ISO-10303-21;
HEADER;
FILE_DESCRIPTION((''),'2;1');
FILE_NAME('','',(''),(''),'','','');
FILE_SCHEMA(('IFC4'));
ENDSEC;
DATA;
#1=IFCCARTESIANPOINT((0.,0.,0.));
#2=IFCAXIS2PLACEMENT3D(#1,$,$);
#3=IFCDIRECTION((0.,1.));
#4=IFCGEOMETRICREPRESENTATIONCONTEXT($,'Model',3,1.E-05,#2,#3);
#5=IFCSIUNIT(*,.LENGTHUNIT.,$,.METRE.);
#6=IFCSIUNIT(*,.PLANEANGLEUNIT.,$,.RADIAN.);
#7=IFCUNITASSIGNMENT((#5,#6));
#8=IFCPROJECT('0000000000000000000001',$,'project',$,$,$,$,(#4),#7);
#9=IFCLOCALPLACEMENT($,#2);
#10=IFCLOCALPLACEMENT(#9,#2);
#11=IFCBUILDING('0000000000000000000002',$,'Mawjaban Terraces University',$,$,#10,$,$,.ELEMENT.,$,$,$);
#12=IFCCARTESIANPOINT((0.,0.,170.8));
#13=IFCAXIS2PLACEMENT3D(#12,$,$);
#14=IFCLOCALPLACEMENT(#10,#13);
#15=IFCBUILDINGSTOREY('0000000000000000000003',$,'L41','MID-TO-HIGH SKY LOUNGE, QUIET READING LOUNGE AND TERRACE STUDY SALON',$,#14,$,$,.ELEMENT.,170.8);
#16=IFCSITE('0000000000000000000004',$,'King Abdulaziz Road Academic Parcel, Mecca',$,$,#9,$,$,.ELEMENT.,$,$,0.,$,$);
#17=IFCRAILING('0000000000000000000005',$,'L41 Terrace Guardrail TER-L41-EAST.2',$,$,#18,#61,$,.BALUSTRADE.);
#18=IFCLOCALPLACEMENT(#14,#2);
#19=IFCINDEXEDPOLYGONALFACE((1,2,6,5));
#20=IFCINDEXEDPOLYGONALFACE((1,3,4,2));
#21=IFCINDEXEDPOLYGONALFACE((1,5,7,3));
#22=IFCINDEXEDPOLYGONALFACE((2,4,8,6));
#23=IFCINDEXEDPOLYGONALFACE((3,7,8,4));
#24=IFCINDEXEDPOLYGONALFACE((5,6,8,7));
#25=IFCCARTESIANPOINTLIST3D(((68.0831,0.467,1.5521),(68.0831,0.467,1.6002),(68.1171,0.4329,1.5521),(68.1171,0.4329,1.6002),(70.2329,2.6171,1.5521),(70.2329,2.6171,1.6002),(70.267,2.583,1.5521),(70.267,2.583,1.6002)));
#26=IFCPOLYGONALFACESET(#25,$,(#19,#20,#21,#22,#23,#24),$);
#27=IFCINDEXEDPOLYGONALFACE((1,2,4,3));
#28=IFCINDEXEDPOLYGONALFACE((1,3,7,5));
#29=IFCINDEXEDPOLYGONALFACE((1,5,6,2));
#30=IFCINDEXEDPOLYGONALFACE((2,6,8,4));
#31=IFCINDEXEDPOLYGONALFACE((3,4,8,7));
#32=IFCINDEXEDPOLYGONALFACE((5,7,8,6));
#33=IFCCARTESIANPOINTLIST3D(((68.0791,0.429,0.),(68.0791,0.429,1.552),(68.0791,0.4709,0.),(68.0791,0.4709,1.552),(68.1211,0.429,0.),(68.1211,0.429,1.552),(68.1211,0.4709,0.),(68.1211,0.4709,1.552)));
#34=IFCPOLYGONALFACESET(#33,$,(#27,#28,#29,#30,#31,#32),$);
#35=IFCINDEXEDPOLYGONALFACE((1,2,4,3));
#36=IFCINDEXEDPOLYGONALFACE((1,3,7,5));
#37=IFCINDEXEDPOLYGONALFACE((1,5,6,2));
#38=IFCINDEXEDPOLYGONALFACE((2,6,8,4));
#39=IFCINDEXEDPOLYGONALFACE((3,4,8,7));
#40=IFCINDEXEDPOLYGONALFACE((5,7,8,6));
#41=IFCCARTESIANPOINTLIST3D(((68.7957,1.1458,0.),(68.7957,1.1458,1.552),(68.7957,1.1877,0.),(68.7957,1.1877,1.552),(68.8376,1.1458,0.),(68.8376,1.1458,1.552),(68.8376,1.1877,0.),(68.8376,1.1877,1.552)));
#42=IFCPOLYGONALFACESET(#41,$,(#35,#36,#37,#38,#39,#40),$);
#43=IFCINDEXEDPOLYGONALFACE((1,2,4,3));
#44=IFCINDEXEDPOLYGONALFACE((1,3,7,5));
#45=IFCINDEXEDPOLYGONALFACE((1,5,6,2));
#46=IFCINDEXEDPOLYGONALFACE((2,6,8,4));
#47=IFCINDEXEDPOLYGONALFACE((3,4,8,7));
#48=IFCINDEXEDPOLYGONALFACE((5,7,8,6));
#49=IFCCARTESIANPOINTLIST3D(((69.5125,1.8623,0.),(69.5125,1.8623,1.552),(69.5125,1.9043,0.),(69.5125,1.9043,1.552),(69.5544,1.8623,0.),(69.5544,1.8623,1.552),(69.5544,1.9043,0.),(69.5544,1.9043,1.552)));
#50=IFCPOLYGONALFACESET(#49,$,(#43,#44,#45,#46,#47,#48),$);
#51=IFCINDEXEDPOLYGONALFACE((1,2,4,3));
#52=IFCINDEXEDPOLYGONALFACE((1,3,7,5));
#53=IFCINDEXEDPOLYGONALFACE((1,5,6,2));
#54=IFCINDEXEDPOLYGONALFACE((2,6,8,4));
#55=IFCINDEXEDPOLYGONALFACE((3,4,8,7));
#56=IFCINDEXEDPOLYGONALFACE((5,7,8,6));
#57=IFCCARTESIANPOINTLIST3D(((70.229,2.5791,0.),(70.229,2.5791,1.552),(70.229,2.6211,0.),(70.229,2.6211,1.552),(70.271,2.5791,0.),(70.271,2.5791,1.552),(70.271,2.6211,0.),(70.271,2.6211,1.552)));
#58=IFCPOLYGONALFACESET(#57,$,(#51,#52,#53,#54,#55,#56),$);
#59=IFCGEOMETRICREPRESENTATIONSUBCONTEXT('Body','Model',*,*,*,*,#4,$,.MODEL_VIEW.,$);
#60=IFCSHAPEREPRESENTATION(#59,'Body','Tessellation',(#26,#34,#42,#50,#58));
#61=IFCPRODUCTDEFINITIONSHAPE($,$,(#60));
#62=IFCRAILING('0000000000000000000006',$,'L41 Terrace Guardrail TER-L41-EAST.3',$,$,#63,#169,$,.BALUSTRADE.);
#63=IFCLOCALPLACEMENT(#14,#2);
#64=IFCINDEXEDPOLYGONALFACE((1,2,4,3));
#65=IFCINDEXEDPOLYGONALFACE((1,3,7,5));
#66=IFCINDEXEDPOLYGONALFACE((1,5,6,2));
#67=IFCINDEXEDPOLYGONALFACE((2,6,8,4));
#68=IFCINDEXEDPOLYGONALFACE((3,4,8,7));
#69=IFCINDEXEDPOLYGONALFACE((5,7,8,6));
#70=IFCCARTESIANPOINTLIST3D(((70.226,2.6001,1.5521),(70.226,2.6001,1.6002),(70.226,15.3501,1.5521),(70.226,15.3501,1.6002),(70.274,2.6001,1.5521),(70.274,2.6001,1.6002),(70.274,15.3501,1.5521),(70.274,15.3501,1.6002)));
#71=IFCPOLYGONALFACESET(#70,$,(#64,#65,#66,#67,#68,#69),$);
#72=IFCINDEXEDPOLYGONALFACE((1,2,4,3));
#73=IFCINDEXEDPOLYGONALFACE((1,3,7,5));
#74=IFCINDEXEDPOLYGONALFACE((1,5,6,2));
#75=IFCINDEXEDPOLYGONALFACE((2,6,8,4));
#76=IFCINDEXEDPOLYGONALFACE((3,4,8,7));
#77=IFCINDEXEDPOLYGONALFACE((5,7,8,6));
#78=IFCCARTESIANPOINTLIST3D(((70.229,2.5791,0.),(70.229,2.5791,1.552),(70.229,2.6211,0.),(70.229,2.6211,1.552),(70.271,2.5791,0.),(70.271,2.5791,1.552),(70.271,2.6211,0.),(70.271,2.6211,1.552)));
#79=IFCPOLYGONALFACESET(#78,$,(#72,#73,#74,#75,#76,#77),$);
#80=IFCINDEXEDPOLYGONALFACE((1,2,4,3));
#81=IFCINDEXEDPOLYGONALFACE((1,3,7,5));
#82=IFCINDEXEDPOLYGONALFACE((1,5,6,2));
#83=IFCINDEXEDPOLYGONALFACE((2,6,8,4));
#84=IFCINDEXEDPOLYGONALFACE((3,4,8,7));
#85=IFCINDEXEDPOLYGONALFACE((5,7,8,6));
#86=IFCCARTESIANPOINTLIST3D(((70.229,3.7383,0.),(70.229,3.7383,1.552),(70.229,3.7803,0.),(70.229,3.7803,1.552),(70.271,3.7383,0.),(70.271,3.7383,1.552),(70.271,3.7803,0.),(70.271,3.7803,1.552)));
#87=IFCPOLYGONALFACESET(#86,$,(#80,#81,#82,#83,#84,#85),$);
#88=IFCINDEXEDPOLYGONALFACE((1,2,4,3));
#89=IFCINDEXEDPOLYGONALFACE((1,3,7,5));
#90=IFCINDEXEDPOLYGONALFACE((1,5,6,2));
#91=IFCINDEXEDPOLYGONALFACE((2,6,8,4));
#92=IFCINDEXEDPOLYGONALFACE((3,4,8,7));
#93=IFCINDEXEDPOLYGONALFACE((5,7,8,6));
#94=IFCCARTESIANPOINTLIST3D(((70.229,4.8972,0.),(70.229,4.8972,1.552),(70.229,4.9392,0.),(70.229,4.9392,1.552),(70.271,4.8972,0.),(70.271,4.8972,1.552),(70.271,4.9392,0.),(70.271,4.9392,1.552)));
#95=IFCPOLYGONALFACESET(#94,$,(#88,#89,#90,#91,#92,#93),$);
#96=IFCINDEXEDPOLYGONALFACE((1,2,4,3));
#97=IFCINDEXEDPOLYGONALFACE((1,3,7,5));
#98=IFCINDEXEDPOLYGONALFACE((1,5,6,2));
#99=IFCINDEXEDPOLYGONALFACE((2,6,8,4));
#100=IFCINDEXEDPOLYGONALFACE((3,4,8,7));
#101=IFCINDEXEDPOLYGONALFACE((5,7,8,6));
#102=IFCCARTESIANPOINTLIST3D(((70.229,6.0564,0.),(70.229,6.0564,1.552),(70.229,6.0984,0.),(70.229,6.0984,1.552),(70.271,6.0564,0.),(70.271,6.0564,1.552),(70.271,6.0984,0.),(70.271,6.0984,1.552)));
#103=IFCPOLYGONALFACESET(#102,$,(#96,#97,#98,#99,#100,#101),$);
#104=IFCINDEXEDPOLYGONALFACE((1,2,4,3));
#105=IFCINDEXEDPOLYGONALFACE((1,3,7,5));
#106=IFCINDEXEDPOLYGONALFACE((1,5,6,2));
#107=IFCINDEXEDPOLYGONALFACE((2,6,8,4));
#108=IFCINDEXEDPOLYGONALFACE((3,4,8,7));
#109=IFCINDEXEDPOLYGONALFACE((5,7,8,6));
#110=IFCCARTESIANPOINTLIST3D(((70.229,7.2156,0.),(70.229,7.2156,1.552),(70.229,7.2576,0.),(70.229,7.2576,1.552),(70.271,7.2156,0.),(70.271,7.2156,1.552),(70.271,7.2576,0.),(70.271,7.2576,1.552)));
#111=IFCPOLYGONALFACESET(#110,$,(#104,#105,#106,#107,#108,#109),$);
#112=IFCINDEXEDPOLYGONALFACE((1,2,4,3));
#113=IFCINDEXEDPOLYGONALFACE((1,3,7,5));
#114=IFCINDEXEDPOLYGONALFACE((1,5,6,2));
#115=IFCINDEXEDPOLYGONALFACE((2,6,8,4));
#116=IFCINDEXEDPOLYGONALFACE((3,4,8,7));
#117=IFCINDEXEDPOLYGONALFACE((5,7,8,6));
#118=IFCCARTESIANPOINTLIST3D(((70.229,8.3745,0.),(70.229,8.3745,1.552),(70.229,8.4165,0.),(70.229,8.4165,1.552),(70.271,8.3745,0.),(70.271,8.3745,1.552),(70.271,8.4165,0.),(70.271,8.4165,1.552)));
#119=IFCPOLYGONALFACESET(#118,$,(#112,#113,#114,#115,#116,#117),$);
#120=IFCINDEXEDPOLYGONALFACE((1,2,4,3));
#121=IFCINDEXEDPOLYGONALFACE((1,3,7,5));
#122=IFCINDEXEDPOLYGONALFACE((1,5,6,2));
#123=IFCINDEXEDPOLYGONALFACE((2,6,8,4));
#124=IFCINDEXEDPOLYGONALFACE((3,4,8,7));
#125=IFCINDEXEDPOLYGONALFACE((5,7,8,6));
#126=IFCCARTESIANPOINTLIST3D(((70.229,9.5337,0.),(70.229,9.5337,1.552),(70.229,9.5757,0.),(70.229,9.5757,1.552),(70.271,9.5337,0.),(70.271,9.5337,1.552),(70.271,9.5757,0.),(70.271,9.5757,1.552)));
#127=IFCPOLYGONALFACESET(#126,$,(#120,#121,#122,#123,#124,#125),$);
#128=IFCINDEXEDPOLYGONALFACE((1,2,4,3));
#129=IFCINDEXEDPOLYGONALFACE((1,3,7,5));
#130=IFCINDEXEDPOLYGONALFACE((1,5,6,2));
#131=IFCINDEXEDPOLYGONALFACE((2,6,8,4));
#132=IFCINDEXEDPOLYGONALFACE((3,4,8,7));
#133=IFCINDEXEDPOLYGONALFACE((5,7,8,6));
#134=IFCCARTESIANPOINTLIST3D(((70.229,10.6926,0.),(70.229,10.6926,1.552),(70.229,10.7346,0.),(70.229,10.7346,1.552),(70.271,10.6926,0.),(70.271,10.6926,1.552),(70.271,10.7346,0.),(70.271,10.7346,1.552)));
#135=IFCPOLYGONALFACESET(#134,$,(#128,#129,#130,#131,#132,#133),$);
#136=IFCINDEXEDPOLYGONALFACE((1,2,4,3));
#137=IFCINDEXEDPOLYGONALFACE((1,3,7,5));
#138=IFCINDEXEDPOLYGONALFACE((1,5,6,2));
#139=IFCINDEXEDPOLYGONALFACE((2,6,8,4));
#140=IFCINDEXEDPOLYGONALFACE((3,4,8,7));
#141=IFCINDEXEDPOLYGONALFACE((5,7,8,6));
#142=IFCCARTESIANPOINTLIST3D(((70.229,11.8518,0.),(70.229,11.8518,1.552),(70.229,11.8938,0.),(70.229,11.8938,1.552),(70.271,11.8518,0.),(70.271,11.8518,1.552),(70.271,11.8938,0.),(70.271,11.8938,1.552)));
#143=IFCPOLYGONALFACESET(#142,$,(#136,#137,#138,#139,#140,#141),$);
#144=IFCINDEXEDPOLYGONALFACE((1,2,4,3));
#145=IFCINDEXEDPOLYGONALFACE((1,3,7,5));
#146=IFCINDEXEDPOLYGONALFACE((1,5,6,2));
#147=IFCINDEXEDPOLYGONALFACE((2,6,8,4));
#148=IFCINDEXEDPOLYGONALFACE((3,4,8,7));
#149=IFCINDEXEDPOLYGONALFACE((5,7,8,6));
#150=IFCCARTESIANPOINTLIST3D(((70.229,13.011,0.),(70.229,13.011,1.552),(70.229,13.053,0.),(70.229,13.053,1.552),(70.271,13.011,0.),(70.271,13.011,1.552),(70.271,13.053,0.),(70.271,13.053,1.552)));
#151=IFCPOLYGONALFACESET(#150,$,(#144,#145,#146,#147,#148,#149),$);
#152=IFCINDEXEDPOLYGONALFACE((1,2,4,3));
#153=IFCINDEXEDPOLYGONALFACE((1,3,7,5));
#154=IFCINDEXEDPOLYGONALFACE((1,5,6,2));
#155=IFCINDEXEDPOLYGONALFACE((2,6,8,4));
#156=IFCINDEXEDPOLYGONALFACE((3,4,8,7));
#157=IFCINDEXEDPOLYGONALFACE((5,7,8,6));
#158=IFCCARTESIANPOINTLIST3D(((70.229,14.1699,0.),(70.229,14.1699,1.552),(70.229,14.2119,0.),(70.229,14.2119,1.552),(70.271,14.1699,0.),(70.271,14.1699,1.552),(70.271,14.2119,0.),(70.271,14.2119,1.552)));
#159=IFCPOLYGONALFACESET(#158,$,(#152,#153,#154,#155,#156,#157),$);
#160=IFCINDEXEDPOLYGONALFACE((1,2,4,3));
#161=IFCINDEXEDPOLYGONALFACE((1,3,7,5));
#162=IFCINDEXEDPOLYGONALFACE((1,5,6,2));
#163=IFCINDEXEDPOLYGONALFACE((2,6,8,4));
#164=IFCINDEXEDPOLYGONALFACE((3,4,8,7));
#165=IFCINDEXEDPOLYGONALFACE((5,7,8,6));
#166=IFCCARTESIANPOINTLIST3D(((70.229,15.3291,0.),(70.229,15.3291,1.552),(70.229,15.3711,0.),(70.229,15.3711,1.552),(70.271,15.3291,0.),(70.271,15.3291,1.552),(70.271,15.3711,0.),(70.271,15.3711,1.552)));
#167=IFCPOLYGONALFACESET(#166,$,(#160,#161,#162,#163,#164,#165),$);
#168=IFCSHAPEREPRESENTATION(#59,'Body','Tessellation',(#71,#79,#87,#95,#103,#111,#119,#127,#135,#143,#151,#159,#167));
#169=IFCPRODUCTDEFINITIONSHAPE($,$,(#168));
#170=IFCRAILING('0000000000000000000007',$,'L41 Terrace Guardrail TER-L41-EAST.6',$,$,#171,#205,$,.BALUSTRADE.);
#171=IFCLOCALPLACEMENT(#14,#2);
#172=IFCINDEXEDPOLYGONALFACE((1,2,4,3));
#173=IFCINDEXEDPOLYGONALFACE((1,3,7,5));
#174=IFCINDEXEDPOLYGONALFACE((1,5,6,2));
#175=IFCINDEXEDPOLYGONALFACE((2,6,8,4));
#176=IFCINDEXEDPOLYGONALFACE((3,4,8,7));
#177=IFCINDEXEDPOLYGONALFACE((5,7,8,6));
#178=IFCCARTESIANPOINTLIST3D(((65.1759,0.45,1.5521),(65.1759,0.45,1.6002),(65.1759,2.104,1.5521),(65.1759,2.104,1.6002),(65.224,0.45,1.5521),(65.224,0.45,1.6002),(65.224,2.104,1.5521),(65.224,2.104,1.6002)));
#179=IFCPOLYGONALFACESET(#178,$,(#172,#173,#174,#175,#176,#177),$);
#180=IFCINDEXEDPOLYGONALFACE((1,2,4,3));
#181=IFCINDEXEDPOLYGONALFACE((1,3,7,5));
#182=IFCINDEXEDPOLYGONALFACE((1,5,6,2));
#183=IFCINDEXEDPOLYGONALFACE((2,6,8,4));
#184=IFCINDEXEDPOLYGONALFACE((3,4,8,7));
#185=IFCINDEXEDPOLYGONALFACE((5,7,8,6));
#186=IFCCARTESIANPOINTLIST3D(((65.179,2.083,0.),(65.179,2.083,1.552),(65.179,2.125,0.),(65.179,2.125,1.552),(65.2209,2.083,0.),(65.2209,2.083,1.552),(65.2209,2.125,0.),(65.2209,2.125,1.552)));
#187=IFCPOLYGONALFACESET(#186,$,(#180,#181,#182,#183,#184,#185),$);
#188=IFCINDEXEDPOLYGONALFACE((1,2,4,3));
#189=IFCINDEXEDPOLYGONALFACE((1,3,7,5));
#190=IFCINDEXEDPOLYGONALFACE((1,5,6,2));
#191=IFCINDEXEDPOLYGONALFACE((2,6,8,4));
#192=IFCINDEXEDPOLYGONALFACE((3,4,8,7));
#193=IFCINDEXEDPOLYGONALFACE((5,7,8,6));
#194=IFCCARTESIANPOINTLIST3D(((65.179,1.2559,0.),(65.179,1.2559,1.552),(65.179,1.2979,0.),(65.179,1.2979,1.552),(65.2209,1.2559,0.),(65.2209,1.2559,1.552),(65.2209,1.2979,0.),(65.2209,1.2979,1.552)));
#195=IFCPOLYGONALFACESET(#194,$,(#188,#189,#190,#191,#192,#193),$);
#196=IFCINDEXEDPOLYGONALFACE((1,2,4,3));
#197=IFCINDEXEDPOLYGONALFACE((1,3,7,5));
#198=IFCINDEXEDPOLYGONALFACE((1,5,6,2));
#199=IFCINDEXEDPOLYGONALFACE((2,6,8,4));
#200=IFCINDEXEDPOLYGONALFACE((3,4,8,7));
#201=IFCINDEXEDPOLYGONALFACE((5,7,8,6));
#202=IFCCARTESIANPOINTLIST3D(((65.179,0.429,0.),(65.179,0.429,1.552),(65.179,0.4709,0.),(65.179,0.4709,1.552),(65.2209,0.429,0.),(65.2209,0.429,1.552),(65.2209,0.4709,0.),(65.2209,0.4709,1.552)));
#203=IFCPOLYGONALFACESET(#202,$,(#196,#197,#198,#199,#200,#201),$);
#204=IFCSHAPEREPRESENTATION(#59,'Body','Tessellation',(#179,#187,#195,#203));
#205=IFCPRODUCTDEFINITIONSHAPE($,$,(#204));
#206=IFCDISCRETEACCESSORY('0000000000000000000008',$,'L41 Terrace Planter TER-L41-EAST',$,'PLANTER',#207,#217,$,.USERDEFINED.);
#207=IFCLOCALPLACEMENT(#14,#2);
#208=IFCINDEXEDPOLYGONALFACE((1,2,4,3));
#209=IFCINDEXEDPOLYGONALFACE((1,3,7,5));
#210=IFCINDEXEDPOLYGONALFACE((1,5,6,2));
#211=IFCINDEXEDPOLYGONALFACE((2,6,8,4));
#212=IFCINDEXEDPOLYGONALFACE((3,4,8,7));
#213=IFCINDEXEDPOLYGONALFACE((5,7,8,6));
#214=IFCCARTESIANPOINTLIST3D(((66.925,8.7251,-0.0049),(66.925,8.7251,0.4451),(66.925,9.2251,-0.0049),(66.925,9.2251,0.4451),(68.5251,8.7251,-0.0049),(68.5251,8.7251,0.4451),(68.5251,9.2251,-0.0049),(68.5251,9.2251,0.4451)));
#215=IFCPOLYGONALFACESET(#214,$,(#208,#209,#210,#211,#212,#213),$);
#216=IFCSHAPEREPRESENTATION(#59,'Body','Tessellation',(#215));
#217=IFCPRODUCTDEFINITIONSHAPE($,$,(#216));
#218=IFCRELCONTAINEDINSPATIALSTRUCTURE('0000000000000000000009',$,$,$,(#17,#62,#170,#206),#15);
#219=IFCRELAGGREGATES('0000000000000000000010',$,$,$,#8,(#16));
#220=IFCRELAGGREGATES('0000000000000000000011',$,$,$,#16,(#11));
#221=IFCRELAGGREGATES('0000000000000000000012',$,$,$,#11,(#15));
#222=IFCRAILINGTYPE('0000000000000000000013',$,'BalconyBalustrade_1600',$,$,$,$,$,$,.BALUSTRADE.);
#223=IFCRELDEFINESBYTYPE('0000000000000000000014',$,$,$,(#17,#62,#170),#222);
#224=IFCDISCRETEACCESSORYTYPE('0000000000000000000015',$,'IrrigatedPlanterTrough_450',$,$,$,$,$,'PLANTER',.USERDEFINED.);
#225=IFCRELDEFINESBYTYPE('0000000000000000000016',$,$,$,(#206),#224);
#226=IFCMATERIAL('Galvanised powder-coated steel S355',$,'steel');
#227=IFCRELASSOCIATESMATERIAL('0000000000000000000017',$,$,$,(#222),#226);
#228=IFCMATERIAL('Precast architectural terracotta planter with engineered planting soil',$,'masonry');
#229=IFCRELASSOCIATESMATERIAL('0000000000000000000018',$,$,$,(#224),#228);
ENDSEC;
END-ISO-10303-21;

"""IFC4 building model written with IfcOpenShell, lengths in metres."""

from ifc_helpers import new_model, si_unit, direction, frame, origin, origin_2d, place, context, subcontext, project, spatial, rectangle, extrude, material, type_object, element, save


model = new_model("IFC4")

# Units and contexts
model_context = context("Model", 3, precision=1e-05, world=origin(), true_north=direction((0.0, 1.0)))
body_context = subcontext(model_context, "Body", "Model", "MODEL_VIEW")
ifc_project = project(units=[si_unit("LENGTHUNIT", "METRE"), si_unit("PLANEANGLEUNIT", "RADIAN")], contexts=[model_context])

# Site, building, storey
site_placement = place(None, origin())
site = spatial("IfcSite", under=ifc_project, at=site_placement, Name="King Abdulaziz Road Academic Parcel, Mecca", CompositionType="ELEMENT", RefElevation=0.0)
building_placement = place(site_placement, origin())
building = spatial("IfcBuilding", under=site, at=building_placement, Name="Mawjaban Terraces University", CompositionType="ELEMENT")
storey_placement = place(building_placement, frame((0.0, 0.0, 170.8)))
storey = spatial("IfcBuildingStorey", under=building, at=storey_placement, Name="L41", Description="MID-TO-HIGH SKY LOUNGE, QUIET READING LOUNGE AND TERRACE STUDY SALON", CompositionType="ELEMENT", Elevation=170.8)

# Railings
ifc_material_1 = material(Name="Galvanised powder-coated steel S355", Category="steel")
railing_type = type_object("IfcRailingType", Name="BalconyBalustrade_1600", PredefinedType="BALUSTRADE", material=ifc_material_1)
railing_1_placement = place(storey_placement, frame((68.1001, 0.45, 0.0)))
element("IfcRailing", 1, at=railing_1_placement, inside=storey, type_object=railing_type, Name="L41 Terrace Guardrail TER-L41-EAST.2", PredefinedType="BALUSTRADE", context=body_context, shape_type="SweptSolid", body=[
    extrude(rectangle(XDim=0.0481, YDim=0.0481, at=origin_2d()), frame((0.0, 0.0, 1.5762), z_axis=(0.707067, 0.707147, 0.0), x_axis=(-0.707147, 0.707067, 0.0)), (0.0, 0.0, 1.0), 3.0405),
    extrude(rectangle(XDim=0.042, YDim=0.042, at=origin_2d()), origin(), (0.0, 0.0, 1.0), 1.552),
    extrude(rectangle(XDim=0.042, YDim=0.042, at=origin_2d()), frame((0.7166, 0.7168, 0.0)), (0.0, 0.0, 1.0), 1.552),
    extrude(rectangle(XDim=0.042, YDim=0.042, at=origin_2d()), frame((1.4333, 1.4333, 0.0)), (0.0, 0.0, 1.0), 1.552),
    extrude(rectangle(XDim=0.042, YDim=0.042, at=origin_2d()), frame((2.1499, 2.1501, 0.0)), (0.0, 0.0, 1.0), 1.552),
])
railing_2_placement = place(storey_placement, frame((70.25, 2.6001, 0.0)))
element("IfcRailing", 2, at=railing_2_placement, inside=storey, type_object=railing_type, Name="L41 Terrace Guardrail TER-L41-EAST.3", PredefinedType="BALUSTRADE", context=body_context, shape_type="SweptSolid", body=[
    extrude(rectangle(XDim=0.0481, YDim=0.0481, at=origin_2d()), frame((0.0, 0.0, 1.5762), z_axis=(0.0, 1.0, 0.0), x_axis=(-1.0, 0.0, 0.0)), (0.0, 0.0, 1.0), 12.75),
    extrude(rectangle(XDim=0.042, YDim=0.042, at=origin_2d()), origin(), (0.0, 0.0, 1.0), 1.552),
    extrude(rectangle(XDim=0.042, YDim=0.042, at=origin_2d()), frame((0.0, 1.1592, 0.0)), (0.0, 0.0, 1.0), 1.552),
    extrude(rectangle(XDim=0.042, YDim=0.042, at=origin_2d()), frame((0.0, 2.3181, 0.0)), (0.0, 0.0, 1.0), 1.552),
    extrude(rectangle(XDim=0.042, YDim=0.042, at=origin_2d()), frame((0.0, 3.4773, 0.0)), (0.0, 0.0, 1.0), 1.552),
    extrude(rectangle(XDim=0.042, YDim=0.042, at=origin_2d()), frame((0.0, 4.6365, 0.0)), (0.0, 0.0, 1.0), 1.552),
    extrude(rectangle(XDim=0.042, YDim=0.042, at=origin_2d()), frame((0.0, 5.7954, 0.0)), (0.0, 0.0, 1.0), 1.552),
    extrude(rectangle(XDim=0.042, YDim=0.042, at=origin_2d()), frame((0.0, 6.9546, 0.0)), (0.0, 0.0, 1.0), 1.552),
    extrude(rectangle(XDim=0.042, YDim=0.042, at=origin_2d()), frame((0.0, 8.1135, 0.0)), (0.0, 0.0, 1.0), 1.552),
    extrude(rectangle(XDim=0.042, YDim=0.042, at=origin_2d()), frame((0.0, 9.2727, 0.0)), (0.0, 0.0, 1.0), 1.552),
    extrude(rectangle(XDim=0.042, YDim=0.042, at=origin_2d()), frame((0.0, 10.4319, 0.0)), (0.0, 0.0, 1.0), 1.552),
    extrude(rectangle(XDim=0.042, YDim=0.042, at=origin_2d()), frame((0.0, 11.5908, 0.0)), (0.0, 0.0, 1.0), 1.552),
    extrude(rectangle(XDim=0.042, YDim=0.042, at=origin_2d()), frame((0.0, 12.75, 0.0)), (0.0, 0.0, 1.0), 1.552),
])
railing_3_placement = place(storey_placement, frame((65.2, 2.104, 0.0)))
element("IfcRailing", 3, at=railing_3_placement, inside=storey, type_object=railing_type, Name="L41 Terrace Guardrail TER-L41-EAST.6", PredefinedType="BALUSTRADE", context=body_context, shape_type="SweptSolid", body=[
    extrude(rectangle(XDim=0.0481, YDim=0.0481, at=origin_2d()), frame((0.0, 0.0, 1.5762), z_axis=(0.0, -1.0, 0.0), x_axis=(1.0, 0.0, 0.0)), (0.0, 0.0, 1.0), 1.6541),
    extrude(rectangle(XDim=0.042, YDim=0.042, at=origin_2d()), origin(), (0.0, 0.0, 1.0), 1.552),
    extrude(rectangle(XDim=0.042, YDim=0.042, at=origin_2d()), frame((0.0, -0.8271, 0.0)), (0.0, 0.0, 1.0), 1.552),
    extrude(rectangle(XDim=0.042, YDim=0.042, at=origin_2d()), frame((0.0, -1.6541, 0.0)), (0.0, 0.0, 1.0), 1.552),
])

# Discrete accessory
ifc_material_2 = material(Name="Precast architectural terracotta planter with engineered planting soil", Category="masonry")
discrete_accessory_type = type_object("IfcDiscreteAccessoryType", Name="IrrigatedPlanterTrough_450", ElementType="PLANTER", PredefinedType="USERDEFINED", material=ifc_material_2)
discrete_accessory_placement = place(storey_placement, frame((67.7251, 8.9751, -0.0049), z_axis=(0.0, 0.0, 1.0), x_axis=(1.0, 0.0, 0.0)))
element("IfcDiscreteAccessory", 4, at=discrete_accessory_placement, inside=storey, type_object=discrete_accessory_type, Name="L41 Terrace Planter TER-L41-EAST", ObjectType="PLANTER", PredefinedType="USERDEFINED", context=body_context, shape_type="SweptSolid", body=[
    extrude(rectangle(XDim=1.6001, YDim=0.5, at=origin_2d()), origin(), (0.0, 0.0, 1.0), 0.45),
])

save(model, "model.ifc")
